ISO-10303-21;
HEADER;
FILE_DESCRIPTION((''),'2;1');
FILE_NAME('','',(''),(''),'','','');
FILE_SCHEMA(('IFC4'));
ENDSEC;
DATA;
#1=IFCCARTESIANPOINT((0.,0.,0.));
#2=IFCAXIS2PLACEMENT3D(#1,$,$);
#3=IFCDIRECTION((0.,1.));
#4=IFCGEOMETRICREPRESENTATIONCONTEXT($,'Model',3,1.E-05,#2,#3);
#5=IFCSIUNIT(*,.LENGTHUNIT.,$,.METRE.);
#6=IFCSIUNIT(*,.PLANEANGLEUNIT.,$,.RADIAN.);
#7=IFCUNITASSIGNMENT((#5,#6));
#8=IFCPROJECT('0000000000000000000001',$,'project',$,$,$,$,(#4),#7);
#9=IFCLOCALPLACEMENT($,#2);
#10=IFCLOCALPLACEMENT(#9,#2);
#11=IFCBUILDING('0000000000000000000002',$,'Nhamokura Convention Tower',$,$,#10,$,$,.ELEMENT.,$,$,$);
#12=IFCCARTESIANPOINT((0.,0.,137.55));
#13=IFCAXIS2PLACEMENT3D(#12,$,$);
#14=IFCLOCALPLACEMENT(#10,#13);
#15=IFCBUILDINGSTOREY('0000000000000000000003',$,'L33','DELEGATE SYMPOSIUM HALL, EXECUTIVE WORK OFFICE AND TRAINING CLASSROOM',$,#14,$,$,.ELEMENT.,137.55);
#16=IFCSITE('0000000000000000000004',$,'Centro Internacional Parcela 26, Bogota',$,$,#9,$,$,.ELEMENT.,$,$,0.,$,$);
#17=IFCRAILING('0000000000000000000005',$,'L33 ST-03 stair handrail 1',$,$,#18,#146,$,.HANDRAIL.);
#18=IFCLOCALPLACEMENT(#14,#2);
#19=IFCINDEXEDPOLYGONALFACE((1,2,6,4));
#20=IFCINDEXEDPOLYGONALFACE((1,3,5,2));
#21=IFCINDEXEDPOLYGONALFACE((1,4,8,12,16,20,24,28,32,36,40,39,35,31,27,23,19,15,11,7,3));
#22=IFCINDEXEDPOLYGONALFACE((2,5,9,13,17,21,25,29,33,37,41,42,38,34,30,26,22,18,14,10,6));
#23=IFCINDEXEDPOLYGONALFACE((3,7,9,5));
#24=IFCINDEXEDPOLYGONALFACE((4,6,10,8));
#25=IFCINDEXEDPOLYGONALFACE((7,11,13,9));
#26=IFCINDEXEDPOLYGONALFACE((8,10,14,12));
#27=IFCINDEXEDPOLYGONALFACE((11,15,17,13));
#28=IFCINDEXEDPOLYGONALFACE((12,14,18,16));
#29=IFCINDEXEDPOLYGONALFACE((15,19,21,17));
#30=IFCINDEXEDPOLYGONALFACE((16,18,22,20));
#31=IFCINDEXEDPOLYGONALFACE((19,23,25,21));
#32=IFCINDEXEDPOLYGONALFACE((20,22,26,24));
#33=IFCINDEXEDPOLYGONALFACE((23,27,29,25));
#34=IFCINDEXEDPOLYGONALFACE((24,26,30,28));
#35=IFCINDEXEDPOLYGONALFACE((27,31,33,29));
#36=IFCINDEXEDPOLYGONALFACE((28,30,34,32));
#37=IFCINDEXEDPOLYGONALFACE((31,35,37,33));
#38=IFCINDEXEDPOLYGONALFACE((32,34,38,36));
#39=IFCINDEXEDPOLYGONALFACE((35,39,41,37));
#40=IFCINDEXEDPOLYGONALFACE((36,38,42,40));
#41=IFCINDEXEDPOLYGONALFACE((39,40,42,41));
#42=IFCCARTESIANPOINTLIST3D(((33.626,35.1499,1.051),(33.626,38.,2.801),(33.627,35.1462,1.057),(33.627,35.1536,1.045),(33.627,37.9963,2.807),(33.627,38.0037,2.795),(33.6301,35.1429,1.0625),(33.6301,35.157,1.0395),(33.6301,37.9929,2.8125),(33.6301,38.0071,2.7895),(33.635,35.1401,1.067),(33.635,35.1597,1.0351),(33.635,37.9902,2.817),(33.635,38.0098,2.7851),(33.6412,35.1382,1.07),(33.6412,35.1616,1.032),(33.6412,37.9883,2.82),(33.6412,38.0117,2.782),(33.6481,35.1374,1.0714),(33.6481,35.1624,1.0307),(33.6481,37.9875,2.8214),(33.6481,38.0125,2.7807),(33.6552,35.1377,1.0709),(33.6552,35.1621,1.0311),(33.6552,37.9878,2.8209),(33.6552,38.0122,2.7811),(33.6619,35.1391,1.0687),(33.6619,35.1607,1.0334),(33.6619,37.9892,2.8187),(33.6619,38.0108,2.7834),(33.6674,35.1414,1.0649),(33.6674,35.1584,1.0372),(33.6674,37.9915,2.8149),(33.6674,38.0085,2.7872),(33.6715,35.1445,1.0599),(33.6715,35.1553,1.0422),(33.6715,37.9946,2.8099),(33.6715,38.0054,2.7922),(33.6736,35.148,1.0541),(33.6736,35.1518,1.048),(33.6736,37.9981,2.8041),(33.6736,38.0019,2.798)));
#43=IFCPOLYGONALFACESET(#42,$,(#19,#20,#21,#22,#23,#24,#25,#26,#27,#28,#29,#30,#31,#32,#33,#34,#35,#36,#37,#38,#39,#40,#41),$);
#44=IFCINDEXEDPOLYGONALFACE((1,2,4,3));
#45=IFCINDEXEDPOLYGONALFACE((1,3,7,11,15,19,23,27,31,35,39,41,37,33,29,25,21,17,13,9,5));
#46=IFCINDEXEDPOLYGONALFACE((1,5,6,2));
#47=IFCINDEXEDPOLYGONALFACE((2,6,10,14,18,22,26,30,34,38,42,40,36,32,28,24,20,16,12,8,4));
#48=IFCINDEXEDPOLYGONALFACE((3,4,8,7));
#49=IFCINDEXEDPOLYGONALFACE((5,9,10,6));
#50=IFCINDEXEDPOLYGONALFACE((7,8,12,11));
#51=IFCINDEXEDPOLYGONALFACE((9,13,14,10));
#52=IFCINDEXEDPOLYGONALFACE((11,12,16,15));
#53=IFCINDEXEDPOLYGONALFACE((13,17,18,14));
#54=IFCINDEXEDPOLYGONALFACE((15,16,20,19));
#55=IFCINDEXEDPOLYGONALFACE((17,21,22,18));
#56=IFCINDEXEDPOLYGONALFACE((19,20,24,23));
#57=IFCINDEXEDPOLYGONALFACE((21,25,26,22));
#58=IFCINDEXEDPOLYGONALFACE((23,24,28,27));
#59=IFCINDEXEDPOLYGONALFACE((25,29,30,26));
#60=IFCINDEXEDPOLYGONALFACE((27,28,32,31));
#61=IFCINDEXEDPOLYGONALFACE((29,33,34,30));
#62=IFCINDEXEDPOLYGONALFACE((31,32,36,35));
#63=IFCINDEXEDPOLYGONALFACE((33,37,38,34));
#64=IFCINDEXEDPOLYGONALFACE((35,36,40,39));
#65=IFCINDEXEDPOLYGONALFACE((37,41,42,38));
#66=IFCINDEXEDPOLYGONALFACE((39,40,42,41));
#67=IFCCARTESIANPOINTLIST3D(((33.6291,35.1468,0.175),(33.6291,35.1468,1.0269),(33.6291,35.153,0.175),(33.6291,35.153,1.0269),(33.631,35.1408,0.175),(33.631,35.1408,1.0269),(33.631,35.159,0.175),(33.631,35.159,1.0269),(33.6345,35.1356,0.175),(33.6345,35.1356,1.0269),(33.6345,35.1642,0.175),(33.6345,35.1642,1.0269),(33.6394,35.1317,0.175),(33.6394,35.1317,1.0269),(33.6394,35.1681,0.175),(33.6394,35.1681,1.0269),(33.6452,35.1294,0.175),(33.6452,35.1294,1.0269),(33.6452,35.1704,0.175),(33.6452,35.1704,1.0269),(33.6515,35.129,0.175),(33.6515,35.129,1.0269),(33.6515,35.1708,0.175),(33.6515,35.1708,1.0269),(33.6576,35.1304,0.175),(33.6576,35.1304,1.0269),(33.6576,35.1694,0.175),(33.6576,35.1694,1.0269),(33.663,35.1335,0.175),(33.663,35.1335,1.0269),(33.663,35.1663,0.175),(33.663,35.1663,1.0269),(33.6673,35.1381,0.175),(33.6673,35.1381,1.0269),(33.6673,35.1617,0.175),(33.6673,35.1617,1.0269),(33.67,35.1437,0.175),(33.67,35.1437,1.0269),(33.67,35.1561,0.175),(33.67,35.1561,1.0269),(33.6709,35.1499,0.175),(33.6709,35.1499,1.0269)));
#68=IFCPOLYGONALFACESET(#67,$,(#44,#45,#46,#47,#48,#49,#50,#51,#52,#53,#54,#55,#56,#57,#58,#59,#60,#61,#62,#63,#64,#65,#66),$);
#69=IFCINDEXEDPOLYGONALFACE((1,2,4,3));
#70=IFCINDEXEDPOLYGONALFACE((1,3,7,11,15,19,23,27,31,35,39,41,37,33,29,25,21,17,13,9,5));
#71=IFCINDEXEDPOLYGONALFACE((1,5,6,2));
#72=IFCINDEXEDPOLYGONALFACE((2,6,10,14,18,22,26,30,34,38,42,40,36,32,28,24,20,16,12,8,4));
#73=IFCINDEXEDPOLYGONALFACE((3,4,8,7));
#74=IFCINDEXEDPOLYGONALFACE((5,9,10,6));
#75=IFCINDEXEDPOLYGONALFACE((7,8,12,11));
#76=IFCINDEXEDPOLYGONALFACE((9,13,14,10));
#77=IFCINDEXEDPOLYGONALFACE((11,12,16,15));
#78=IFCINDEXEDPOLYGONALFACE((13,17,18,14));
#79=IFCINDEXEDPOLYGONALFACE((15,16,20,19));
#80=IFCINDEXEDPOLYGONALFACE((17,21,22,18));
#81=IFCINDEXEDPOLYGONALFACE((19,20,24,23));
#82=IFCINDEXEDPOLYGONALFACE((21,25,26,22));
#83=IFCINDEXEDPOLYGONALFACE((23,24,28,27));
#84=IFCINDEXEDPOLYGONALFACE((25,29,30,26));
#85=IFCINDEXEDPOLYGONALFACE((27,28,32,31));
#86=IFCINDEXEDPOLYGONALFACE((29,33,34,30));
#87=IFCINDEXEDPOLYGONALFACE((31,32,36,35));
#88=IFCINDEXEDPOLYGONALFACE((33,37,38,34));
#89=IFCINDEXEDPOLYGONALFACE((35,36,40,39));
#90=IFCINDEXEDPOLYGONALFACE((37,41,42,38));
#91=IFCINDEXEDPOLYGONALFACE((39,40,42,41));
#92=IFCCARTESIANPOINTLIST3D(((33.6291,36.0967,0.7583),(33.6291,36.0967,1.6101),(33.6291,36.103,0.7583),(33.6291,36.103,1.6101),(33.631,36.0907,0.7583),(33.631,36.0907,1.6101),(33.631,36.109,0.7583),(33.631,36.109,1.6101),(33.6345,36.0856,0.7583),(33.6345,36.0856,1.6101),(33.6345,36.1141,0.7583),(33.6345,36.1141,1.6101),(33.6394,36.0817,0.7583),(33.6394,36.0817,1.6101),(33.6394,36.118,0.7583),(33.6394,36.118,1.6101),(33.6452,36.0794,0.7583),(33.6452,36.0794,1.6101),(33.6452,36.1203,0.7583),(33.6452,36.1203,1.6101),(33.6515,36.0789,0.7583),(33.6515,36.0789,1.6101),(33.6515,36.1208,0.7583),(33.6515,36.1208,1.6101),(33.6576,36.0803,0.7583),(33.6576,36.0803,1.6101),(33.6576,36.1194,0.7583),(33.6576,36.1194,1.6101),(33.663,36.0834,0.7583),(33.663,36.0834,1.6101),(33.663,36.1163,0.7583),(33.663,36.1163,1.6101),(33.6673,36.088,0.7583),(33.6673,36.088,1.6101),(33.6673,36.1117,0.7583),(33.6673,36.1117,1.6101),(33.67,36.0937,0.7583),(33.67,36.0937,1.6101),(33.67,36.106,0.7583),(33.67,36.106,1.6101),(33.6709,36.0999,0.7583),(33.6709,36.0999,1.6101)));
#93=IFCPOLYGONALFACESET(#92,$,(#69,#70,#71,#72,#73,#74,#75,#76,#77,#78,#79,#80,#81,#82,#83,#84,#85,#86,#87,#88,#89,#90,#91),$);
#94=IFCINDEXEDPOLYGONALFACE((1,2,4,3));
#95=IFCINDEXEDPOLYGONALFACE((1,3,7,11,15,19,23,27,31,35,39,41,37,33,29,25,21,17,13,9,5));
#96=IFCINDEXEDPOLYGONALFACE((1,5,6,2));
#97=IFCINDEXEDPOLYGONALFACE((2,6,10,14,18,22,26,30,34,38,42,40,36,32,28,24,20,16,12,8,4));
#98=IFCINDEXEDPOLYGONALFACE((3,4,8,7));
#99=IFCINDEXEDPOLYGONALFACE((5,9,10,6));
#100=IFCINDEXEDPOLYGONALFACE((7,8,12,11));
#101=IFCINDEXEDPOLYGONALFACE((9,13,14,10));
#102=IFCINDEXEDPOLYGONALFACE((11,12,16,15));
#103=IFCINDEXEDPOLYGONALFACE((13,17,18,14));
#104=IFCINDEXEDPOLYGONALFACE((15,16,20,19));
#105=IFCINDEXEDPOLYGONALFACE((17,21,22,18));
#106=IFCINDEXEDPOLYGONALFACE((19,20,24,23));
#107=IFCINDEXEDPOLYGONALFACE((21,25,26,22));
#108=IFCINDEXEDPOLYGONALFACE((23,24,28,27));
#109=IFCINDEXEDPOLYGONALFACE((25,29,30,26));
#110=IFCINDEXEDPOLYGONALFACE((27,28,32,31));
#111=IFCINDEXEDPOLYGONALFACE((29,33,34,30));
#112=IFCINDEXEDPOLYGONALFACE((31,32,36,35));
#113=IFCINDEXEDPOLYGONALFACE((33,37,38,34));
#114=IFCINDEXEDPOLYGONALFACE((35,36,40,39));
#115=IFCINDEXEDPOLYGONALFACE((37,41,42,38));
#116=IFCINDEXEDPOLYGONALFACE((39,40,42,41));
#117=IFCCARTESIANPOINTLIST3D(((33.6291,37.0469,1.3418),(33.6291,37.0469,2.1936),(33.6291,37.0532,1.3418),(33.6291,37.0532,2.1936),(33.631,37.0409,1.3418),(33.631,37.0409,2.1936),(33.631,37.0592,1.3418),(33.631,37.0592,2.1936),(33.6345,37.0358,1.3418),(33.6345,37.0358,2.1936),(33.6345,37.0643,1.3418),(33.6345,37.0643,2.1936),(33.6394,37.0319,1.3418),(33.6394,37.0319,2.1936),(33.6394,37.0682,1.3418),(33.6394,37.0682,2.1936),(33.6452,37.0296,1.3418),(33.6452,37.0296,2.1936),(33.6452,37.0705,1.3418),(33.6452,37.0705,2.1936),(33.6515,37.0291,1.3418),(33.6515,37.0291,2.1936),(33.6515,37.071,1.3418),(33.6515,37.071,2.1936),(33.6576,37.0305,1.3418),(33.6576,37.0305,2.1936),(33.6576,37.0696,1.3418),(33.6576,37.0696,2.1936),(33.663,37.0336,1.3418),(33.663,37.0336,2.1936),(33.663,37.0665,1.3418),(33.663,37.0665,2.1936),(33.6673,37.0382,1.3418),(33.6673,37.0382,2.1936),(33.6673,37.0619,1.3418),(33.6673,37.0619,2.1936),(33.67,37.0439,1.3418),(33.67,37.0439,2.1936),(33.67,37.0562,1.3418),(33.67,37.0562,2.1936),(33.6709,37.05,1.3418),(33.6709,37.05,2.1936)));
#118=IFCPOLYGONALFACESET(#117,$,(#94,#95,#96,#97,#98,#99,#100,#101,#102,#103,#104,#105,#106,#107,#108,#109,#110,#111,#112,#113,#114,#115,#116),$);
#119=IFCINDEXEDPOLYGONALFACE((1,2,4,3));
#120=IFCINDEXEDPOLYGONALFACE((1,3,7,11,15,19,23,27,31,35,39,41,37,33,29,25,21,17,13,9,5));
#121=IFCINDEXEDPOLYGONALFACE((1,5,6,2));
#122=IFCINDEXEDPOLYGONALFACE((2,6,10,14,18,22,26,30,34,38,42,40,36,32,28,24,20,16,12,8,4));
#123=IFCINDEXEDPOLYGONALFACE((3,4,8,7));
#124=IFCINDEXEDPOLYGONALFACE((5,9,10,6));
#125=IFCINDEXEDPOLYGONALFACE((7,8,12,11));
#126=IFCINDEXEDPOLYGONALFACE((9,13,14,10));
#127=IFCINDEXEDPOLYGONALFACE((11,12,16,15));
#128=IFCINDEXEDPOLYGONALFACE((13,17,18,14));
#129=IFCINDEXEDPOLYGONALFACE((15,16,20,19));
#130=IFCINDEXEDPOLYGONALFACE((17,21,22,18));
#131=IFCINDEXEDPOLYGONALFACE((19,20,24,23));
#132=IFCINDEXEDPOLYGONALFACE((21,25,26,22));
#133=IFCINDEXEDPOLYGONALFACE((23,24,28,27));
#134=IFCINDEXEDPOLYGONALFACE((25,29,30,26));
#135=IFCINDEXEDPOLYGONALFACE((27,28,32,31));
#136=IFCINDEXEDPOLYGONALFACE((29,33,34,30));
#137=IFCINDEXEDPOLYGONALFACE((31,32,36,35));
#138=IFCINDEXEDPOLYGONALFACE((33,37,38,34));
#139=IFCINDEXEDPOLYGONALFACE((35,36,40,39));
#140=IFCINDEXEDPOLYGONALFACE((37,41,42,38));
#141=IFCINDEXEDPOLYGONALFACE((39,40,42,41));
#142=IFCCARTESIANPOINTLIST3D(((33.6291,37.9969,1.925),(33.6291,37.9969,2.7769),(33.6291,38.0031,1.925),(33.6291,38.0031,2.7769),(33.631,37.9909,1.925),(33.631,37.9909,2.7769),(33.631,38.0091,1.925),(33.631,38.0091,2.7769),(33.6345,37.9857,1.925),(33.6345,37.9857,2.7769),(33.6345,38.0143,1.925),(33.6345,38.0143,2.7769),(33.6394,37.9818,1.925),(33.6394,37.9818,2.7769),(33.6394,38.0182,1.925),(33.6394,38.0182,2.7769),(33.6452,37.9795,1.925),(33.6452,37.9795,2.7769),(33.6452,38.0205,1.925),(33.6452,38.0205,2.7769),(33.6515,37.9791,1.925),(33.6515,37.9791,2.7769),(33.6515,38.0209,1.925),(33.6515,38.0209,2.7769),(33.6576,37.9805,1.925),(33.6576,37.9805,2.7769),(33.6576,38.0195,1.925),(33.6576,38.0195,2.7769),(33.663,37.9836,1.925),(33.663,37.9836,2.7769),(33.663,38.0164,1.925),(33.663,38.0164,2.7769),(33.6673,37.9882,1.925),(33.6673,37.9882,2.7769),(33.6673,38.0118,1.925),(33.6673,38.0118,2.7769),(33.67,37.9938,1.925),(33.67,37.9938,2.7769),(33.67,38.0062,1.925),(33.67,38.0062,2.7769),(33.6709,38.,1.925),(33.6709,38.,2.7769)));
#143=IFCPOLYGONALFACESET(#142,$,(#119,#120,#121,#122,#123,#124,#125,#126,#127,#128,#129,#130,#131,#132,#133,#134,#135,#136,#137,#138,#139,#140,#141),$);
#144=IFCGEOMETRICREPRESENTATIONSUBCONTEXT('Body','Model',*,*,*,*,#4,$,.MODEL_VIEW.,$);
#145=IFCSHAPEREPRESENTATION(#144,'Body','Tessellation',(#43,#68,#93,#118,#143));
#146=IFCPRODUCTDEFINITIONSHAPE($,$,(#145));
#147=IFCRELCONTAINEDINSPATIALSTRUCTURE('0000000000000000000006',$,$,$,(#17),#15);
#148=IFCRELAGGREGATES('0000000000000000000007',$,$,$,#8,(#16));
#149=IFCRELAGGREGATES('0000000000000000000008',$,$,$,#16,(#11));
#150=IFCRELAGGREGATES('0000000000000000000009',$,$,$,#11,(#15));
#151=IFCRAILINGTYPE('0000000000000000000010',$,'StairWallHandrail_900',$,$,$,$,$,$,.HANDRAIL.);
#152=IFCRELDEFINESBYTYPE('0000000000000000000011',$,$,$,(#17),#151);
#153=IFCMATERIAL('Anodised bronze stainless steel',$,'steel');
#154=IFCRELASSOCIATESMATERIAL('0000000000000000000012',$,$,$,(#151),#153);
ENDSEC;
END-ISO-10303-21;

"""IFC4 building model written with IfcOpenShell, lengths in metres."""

from ifc_helpers import new_model, si_unit, direction, frame, origin, origin_2d, place, context, subcontext, project, spatial, circle, extrude, material, type_object, element, save


model = new_model("IFC4")

# Units and contexts
model_context = context("Model", 3, precision=1e-05, world=origin(), true_north=direction((0.0, 1.0)))
body_context = subcontext(model_context, "Body", "Model", "MODEL_VIEW")
ifc_project = project(units=[si_unit("LENGTHUNIT", "METRE"), si_unit("PLANEANGLEUNIT", "RADIAN")], contexts=[model_context])

# Site, building, storey
site_placement = place(None, origin())
site = spatial("IfcSite", under=ifc_project, at=site_placement, Name="Centro Internacional Parcela 26, Bogota", CompositionType="ELEMENT", RefElevation=0.0)
building_placement = place(site_placement, origin())
building = spatial("IfcBuilding", under=site, at=building_placement, Name="Nhamokura Convention Tower", CompositionType="ELEMENT")
storey_placement = place(building_placement, frame((0.0, 0.0, 137.55)))
storey = spatial("IfcBuildingStorey", under=building, at=storey_placement, Name="L33", Description="DELEGATE SYMPOSIUM HALL, EXECUTIVE WORK OFFICE AND TRAINING CLASSROOM", CompositionType="ELEMENT", Elevation=137.55)

# Railing
ifc_material_1 = material(Name="Anodised bronze stainless steel", Category="steel")
railing_type_1 = type_object("IfcRailingType", Name="StairWallHandrail_900", PredefinedType="HANDRAIL", material=ifc_material_1)
railing_1_placement = place(storey_placement, frame((33.6499, 35.1499, 0.175)))
element("IfcRailing", 1, at=railing_1_placement, inside=storey, type_object=railing_type_1, Name="L33 ST-03 stair handrail 1", PredefinedType="HANDRAIL", context=body_context, shape_type="SweptSolid", body=[
    extrude(circle(Radius=0.0239, at=origin_2d()), frame((0.0, 0.0, 0.876), z_axis=(0.0, 0.852179, 0.52325), x_axis=(-1.0, 0.0, 0.0)), (0.0, 0.0, 1.0), 3.3445),
    extrude(circle(Radius=0.021, at=origin_2d()), origin(), (0.0, 0.0, 1.0), 0.8518),
    extrude(circle(Radius=0.021, at=origin_2d()), frame((0.0, 0.95, 0.5833)), (0.0, 0.0, 1.0), 0.8518),
    extrude(circle(Radius=0.021, at=origin_2d()), frame((0.0, 1.9001, 1.1667)), (0.0, 0.0, 1.0), 0.8518),
    extrude(circle(Radius=0.021, at=origin_2d()), frame((0.0, 2.8501, 1.75)), (0.0, 0.0, 1.0), 0.8518),
])

save(model, "model.ifc")
